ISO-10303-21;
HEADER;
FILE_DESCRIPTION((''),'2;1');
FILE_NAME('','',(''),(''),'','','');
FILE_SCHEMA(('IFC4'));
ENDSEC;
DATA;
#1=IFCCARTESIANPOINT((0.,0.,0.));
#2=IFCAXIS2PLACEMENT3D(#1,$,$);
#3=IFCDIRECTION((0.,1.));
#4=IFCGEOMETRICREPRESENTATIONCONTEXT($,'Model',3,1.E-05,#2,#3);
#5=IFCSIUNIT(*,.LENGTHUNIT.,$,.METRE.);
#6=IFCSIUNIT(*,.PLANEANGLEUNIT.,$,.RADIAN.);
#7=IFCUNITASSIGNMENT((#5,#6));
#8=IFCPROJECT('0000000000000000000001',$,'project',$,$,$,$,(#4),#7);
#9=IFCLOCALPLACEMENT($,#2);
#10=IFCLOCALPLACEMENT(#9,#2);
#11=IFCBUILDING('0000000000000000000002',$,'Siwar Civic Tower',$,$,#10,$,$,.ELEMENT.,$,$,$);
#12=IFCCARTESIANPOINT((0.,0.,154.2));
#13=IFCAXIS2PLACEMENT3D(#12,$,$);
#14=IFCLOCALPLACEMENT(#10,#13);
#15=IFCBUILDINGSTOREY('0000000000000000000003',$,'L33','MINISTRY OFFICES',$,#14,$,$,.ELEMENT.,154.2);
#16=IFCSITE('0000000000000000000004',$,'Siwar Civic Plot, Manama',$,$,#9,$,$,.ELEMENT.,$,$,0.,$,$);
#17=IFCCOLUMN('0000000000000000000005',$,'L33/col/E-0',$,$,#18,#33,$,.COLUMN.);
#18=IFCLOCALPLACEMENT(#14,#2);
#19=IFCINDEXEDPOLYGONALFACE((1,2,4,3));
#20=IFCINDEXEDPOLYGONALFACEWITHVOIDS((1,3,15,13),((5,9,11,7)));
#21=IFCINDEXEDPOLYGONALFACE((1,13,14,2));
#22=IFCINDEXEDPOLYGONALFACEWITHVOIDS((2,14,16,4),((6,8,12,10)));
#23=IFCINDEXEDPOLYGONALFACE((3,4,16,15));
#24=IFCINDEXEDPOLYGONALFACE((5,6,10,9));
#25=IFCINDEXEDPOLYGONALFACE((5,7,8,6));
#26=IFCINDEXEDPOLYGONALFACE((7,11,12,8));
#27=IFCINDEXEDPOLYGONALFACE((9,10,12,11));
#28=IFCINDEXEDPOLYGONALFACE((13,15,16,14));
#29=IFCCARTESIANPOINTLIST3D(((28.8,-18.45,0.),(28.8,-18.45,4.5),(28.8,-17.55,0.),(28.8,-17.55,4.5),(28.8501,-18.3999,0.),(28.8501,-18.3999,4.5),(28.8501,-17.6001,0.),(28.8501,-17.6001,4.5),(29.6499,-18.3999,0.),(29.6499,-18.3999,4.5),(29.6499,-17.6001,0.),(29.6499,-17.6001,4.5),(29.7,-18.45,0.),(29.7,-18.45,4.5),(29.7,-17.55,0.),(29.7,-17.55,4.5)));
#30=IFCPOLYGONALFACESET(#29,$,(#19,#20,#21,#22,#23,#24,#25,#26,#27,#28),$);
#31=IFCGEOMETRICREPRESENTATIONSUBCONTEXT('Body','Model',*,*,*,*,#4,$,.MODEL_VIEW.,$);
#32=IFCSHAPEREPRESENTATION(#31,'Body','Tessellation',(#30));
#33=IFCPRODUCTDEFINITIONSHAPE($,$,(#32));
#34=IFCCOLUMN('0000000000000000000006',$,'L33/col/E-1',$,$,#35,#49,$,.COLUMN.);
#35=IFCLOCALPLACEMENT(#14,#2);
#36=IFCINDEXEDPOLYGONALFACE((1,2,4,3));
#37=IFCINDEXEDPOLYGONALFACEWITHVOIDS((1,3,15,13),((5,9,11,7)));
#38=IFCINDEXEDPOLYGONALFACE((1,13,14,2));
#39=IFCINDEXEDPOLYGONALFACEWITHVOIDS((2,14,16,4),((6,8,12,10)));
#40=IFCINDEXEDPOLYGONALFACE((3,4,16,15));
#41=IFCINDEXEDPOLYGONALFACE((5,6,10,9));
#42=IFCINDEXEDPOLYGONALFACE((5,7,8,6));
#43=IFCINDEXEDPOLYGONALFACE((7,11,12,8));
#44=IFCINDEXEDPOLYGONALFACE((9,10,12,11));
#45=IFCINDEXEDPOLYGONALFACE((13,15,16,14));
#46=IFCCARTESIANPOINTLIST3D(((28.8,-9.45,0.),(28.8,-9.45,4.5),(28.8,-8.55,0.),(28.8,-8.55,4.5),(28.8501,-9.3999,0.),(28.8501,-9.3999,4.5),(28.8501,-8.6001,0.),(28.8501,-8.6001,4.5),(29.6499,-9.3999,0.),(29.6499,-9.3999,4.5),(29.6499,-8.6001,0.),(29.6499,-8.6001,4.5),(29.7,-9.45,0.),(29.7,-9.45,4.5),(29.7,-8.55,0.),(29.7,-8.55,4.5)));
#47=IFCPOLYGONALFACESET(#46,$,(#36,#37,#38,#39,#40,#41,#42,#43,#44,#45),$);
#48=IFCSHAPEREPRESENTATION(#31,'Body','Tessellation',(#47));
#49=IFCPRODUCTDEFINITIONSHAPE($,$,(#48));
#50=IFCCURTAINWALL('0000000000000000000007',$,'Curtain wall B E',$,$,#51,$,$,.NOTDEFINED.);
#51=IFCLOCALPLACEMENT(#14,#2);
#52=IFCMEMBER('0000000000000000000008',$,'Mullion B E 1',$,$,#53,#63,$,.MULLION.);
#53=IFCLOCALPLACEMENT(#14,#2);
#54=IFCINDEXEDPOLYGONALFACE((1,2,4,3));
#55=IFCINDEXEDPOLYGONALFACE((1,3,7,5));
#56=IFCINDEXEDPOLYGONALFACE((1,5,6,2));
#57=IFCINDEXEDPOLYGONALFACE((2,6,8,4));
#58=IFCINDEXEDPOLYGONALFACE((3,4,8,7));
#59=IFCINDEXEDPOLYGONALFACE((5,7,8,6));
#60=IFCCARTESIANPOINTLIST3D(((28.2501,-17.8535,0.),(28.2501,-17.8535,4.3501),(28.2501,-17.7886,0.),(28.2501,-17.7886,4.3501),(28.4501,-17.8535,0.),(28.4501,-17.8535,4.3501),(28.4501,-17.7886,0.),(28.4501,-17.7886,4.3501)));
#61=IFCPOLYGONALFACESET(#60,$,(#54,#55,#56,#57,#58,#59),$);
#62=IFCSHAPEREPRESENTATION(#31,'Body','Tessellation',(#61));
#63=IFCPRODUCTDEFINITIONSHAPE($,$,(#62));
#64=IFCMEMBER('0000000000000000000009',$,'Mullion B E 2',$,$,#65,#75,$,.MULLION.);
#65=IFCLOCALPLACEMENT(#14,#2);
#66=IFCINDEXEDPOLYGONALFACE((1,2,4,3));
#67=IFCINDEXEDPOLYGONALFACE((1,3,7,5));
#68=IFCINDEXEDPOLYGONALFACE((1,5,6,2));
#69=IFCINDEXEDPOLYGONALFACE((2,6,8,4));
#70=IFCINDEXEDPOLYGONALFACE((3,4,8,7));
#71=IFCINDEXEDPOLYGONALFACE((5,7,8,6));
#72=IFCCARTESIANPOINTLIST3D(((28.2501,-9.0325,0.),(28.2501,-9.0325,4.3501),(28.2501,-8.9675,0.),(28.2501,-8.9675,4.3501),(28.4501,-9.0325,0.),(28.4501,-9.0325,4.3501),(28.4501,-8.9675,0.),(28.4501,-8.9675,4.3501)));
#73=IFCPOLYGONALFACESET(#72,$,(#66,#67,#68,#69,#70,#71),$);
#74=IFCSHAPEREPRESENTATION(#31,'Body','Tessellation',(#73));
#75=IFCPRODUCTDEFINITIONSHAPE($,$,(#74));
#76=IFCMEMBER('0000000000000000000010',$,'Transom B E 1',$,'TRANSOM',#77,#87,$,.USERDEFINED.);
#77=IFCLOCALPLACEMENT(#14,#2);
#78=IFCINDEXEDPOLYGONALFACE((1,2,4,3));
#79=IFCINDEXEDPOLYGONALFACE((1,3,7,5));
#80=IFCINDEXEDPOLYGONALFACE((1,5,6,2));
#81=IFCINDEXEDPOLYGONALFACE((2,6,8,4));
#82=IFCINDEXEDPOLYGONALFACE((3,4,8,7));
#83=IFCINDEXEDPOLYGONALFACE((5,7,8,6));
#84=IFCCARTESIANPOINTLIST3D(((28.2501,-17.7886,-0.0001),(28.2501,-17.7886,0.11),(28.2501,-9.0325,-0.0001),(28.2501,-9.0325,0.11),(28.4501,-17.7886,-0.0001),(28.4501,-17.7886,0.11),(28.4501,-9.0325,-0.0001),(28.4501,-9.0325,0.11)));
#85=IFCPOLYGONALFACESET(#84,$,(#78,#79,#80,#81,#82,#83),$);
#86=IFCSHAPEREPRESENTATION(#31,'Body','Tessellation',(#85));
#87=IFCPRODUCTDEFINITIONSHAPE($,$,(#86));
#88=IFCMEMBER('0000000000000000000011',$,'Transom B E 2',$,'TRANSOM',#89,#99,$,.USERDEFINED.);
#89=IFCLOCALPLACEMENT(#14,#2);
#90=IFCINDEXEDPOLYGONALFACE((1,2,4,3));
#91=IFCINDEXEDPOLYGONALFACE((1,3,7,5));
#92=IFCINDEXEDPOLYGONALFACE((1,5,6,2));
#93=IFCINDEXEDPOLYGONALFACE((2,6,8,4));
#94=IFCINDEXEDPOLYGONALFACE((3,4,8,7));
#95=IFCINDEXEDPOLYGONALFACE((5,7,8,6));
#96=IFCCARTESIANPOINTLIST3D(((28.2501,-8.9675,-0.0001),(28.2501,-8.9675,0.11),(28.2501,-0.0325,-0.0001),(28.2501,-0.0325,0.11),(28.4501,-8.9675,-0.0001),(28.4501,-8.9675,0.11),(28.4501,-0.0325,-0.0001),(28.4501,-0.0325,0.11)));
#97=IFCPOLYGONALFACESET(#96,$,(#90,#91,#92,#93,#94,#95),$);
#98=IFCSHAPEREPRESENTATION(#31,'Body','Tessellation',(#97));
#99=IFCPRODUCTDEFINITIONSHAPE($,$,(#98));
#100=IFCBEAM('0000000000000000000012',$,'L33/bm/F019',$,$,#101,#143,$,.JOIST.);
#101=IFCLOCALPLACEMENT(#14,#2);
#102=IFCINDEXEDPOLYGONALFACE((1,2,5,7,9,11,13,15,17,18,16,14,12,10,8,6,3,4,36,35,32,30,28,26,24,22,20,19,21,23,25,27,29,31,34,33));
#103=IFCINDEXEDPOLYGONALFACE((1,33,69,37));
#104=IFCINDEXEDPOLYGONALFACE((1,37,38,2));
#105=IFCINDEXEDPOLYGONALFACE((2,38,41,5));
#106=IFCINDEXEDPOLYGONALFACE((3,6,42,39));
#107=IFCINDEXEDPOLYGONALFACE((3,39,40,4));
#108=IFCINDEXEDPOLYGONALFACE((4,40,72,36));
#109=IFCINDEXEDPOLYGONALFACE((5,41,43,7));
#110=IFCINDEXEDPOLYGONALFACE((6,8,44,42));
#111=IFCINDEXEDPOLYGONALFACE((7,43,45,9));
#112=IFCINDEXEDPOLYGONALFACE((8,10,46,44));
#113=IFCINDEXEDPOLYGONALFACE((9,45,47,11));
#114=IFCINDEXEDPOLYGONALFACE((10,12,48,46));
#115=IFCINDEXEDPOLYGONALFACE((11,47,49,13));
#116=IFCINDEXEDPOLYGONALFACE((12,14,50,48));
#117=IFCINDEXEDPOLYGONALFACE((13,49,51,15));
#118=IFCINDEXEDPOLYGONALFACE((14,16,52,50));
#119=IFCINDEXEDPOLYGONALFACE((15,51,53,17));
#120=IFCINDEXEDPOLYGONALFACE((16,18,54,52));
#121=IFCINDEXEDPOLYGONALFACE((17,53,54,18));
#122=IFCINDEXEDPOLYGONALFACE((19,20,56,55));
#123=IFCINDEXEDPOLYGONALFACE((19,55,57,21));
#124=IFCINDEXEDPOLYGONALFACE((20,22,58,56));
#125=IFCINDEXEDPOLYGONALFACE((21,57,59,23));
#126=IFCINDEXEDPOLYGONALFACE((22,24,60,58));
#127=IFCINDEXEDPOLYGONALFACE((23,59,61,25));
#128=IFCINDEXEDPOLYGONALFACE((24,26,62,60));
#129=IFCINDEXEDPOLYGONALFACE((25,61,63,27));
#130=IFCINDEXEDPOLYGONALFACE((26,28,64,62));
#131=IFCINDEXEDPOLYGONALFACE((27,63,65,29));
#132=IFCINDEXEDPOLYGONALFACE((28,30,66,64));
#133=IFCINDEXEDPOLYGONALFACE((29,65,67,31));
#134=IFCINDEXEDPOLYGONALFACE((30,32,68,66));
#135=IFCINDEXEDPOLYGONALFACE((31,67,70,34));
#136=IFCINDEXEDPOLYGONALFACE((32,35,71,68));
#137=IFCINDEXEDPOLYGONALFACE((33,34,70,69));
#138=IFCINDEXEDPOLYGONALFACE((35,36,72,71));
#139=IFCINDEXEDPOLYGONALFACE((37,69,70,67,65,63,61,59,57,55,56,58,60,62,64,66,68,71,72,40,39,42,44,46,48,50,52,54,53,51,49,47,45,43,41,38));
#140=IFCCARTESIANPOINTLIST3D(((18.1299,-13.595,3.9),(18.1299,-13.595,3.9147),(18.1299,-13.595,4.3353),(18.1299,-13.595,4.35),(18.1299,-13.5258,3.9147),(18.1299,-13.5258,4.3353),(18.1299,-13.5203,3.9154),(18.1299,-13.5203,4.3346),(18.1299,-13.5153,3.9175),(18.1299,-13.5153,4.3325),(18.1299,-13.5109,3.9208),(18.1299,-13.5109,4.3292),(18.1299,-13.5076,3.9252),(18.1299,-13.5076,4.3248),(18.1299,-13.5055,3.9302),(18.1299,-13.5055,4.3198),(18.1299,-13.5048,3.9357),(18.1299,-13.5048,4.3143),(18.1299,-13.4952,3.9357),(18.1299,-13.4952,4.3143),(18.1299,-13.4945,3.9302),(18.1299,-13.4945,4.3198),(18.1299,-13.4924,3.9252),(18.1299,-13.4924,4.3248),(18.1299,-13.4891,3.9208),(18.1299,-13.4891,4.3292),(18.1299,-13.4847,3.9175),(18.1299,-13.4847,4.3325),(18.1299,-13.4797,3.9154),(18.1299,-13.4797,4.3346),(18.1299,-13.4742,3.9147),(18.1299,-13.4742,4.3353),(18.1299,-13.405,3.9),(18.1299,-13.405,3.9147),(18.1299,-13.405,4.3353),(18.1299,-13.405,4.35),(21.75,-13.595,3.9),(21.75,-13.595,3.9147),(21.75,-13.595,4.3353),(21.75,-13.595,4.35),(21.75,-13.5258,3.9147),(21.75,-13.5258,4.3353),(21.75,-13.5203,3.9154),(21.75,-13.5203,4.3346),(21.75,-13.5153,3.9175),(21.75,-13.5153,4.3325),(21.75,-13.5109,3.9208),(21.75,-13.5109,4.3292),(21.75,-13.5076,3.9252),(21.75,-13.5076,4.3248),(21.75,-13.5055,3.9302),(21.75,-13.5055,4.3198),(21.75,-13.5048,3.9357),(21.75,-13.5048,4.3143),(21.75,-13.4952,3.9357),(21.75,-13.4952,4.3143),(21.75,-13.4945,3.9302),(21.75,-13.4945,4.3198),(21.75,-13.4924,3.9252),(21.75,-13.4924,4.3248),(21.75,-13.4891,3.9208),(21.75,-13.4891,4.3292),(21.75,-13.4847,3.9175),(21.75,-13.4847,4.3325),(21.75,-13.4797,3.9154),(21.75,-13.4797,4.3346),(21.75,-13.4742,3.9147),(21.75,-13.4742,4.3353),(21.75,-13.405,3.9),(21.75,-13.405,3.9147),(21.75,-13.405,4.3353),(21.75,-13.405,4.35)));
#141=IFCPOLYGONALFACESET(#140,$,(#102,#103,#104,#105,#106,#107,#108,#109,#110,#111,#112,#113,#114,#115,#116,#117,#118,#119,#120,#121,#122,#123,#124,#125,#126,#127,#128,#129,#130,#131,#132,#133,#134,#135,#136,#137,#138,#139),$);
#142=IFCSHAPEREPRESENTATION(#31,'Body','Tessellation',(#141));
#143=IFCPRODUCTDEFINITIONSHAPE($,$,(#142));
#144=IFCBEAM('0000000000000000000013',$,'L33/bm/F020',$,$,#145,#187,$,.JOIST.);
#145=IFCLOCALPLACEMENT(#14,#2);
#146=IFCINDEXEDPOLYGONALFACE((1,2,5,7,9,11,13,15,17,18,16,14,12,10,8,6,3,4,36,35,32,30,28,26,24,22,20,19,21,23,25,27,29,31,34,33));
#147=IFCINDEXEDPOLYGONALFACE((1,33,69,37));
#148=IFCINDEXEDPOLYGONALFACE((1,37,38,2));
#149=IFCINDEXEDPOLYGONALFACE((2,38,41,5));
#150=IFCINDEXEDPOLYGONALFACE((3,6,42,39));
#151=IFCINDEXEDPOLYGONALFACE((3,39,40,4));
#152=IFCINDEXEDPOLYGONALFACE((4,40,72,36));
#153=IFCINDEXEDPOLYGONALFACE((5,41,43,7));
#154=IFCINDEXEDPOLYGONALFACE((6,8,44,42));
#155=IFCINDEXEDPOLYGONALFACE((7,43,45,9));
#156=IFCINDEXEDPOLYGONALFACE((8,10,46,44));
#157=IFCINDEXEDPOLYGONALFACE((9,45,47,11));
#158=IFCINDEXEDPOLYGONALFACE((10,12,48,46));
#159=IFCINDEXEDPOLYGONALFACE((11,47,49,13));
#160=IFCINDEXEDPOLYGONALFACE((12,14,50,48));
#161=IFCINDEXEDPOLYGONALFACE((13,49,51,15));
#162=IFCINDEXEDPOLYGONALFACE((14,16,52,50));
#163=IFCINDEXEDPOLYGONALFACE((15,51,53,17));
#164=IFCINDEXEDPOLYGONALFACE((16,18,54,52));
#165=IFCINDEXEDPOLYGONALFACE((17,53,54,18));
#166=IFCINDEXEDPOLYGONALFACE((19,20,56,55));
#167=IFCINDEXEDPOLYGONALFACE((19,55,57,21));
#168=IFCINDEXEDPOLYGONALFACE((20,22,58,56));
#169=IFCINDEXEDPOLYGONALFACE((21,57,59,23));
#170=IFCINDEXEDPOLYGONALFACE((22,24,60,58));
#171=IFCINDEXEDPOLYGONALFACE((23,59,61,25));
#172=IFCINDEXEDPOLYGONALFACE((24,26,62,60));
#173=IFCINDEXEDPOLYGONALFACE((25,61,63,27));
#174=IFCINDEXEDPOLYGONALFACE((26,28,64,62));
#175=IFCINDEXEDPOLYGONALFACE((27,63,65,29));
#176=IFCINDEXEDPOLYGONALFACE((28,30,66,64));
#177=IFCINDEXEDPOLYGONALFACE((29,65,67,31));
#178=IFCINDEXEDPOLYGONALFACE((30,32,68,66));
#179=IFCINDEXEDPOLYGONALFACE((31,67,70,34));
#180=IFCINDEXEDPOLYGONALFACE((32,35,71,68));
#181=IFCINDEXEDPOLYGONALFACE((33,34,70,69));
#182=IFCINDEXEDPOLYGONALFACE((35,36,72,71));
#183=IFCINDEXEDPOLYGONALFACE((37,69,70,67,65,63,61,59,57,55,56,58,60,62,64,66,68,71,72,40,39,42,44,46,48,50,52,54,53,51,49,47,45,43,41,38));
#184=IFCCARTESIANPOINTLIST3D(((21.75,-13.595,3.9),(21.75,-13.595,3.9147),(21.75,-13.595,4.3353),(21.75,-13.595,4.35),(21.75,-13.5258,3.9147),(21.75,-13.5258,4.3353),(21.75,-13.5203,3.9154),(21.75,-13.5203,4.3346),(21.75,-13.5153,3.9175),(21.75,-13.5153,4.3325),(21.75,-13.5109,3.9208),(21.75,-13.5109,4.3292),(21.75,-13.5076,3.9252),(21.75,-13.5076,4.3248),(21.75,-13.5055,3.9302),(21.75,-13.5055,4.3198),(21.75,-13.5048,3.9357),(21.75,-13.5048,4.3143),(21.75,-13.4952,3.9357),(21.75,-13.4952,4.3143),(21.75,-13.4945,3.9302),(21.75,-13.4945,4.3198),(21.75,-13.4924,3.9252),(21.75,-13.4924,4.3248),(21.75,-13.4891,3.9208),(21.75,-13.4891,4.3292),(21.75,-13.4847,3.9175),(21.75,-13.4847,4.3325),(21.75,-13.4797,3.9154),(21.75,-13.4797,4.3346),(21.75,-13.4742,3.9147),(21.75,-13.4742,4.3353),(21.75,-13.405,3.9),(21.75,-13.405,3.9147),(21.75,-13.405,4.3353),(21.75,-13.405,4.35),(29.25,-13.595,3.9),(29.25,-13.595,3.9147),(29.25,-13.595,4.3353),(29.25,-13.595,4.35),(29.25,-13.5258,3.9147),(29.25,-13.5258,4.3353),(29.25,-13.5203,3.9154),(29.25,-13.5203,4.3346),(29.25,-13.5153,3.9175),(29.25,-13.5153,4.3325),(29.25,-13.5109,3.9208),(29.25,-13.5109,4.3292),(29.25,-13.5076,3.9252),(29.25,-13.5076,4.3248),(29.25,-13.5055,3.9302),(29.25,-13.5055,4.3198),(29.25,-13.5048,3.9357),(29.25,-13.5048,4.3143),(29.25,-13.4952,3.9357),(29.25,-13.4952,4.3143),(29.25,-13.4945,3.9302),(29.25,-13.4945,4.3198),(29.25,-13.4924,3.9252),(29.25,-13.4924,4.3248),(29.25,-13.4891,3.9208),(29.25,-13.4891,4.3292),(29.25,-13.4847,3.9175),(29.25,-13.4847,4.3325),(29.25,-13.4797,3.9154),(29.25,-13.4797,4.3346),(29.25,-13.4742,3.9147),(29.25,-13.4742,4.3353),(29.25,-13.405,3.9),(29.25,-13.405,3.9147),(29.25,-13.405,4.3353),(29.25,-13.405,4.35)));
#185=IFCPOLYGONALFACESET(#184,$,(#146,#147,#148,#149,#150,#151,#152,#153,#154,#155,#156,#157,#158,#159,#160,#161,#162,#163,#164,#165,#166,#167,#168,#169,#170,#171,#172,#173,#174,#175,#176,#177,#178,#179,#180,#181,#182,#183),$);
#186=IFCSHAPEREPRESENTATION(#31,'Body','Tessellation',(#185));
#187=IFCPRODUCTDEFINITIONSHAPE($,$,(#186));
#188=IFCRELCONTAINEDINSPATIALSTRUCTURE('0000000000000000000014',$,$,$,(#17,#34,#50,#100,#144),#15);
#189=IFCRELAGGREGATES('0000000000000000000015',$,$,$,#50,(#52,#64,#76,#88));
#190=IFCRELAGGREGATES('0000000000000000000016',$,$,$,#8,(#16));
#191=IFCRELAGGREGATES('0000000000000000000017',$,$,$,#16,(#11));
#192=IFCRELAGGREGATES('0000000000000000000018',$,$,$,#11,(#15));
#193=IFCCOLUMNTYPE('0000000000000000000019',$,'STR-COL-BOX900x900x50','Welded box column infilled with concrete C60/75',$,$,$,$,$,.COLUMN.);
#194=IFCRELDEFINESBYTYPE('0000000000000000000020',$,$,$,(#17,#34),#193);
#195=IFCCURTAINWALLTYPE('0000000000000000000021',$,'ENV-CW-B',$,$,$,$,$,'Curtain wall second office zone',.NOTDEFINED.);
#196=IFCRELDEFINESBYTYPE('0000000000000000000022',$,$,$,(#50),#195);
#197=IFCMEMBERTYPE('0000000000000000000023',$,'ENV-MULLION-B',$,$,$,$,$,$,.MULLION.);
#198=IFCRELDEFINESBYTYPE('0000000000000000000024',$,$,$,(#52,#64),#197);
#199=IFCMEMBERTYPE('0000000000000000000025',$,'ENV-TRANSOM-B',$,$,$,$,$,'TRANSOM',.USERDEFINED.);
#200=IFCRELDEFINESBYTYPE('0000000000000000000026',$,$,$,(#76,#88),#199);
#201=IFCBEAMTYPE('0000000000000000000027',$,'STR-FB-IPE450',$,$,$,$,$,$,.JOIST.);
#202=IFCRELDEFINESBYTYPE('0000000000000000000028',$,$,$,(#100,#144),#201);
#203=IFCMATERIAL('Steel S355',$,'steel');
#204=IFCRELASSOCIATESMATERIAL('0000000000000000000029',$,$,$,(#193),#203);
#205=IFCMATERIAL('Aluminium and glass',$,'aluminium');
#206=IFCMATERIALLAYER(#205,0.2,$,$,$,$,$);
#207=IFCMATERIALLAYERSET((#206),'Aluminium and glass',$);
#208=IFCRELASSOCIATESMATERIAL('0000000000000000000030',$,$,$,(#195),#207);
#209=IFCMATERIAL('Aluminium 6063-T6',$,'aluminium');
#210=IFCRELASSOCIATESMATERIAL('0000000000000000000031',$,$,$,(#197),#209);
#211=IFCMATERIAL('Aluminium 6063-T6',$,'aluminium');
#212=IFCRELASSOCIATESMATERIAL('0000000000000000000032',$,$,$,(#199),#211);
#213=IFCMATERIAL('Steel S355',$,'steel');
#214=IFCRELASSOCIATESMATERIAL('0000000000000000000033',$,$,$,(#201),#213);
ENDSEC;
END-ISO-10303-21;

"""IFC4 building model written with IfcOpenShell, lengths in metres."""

from ifc_helpers import new_model, si_unit, direction, frame, origin, origin_2d, place, context, subcontext, project, spatial, rectangle, hollow_rectangle, i_section, extrude, material, layer, layer_set, material_profile, profile_set, type_object, element, aggregate, save


model = new_model("IFC4")

# Units and contexts
model_context = context("Model", 3, precision=1e-05, world=origin(), true_north=direction((0.0, 1.0)))
body_context = subcontext(model_context, "Body", "Model", "MODEL_VIEW")
ifc_project = project(units=[si_unit("LENGTHUNIT", "METRE"), si_unit("PLANEANGLEUNIT", "RADIAN")], contexts=[model_context])

# Site, building, storey
site_placement = place(None, origin())
site = spatial("IfcSite", under=ifc_project, at=site_placement, Name="Siwar Civic Plot, Manama", CompositionType="ELEMENT", RefElevation=0.0)
building_placement = place(site_placement, origin())
building = spatial("IfcBuilding", under=site, at=building_placement, Name="Siwar Civic Tower", CompositionType="ELEMENT")
storey_placement = place(building_placement, frame((0.0, 0.0, 154.2)))
storey = spatial("IfcBuildingStorey", under=building, at=storey_placement, Name="L33", Description="MINISTRY OFFICES", CompositionType="ELEMENT", Elevation=154.2)

# Columns
ifc_material_1 = material(Name="Steel S355", Category="steel")
ifc_material_profile_1 = material_profile(ifc_material_1, hollow_rectangle(XDim=0.8999, YDim=0.8999, WallThickness=0.05, at=origin_2d()), Name="BOX900x900x50")
ifc_profile_set_1 = profile_set([ifc_material_profile_1], Name="Steel S355")
column_type = type_object("IfcColumnType", Name="STR-COL-BOX900x900x50", Description="Welded box column infilled with concrete C60/75", PredefinedType="COLUMN", material=ifc_profile_set_1)
for number, where, z_axis, x_axis, name in (
    (1, (29.25, -18.0, 0.0), (0.0, 0.0, 1.0), (1.0, 0.0, 0.0), "L33/col/E-0"),
    (2, (29.25, -9.0, 0.0), (0.0, 0.0, 1.0), (1.0, 0.0, 0.0), "L33/col/E-1"),
):
    element("IfcColumn", number, at=place(storey_placement, frame(where, z_axis=z_axis, x_axis=x_axis)), inside=storey, type_object=column_type, Name=name, PredefinedType="COLUMN", context=body_context, shape_type="SweptSolid", body=[
        extrude(hollow_rectangle(XDim=0.8999, YDim=0.8999, WallThickness=0.05, at=origin_2d()), origin(), (0.0, 0.0, 1.0), 4.5),
    ])

# Curtain wall, members
ifc_material_2 = material(Name="Aluminium and glass", Category="aluminium")
ifc_layer_1 = layer(ifc_material_2, 0.2)
ifc_layer_set_1 = layer_set([ifc_layer_1], Name="Aluminium and glass")
curtain_wall_type = type_object("IfcCurtainWallType", Name="ENV-CW-B", ElementType="Curtain wall second office zone", PredefinedType="NOTDEFINED", material=ifc_layer_set_1)
curtain_wall_placement = place(storey_placement, origin())
curtain_wall = element("IfcCurtainWall", 3, at=curtain_wall_placement, inside=storey, type_object=curtain_wall_type, Name="Curtain wall B E", PredefinedType="NOTDEFINED")
ifc_material_3 = material(Name="Aluminium 6063-T6", Category="aluminium")
ifc_material_profile_2 = material_profile(ifc_material_3, rectangle(XDim=0.2, YDim=0.0649, at=origin_2d()), Name="AL 200x65")
ifc_profile_set_2 = profile_set([ifc_material_profile_2], Name="Aluminium 6063-T6")
member_type_1 = type_object("IfcMemberType", Name="ENV-MULLION-B", PredefinedType="MULLION", material=ifc_profile_set_2)
member_1_placement = place(storey_placement, frame((28.3501, -17.821, 0.0), z_axis=(0.0, 0.0, 1.0), x_axis=(-1.0, 0.0, 0.0)))
member_1 = element("IfcMember", 4, at=member_1_placement, type_object=member_type_1, Name="Mullion B E 1", PredefinedType="MULLION", context=body_context, shape_type="SweptSolid", body=[
    extrude(rectangle(XDim=0.2, YDim=0.0649, at=origin_2d()), origin(), (0.0, 0.0, 1.0), 4.3501),
])
member_2_placement = place(storey_placement, frame((28.3501, -9.0, 0.0), z_axis=(0.0, 0.0, 1.0), x_axis=(-1.0, 0.0, 0.0)))
member_2 = element("IfcMember", 5, at=member_2_placement, type_object=member_type_1, Name="Mullion B E 2", PredefinedType="MULLION", context=body_context, shape_type="SweptSolid", body=[
    extrude(rectangle(XDim=0.2, YDim=0.0649, at=origin_2d()), origin(), (0.0, 0.0, 1.0), 4.3501),
])
ifc_material_4 = material(Name="Aluminium 6063-T6", Category="aluminium")
ifc_material_profile_3 = material_profile(ifc_material_4, rectangle(XDim=0.2, YDim=0.1101, at=origin_2d()), Name="AL 200x110")
ifc_profile_set_3 = profile_set([ifc_material_profile_3], Name="Aluminium 6063-T6")
member_type_2 = type_object("IfcMemberType", Name="ENV-TRANSOM-B", ElementType="TRANSOM", PredefinedType="USERDEFINED", material=ifc_profile_set_3)
member_3_placement = place(storey_placement, frame((28.3501, -17.7886, 0.0549), z_axis=(0.0, 1.0, 0.0), x_axis=(-1.0, 0.0, 0.0)))
member_3 = element("IfcMember", 6, at=member_3_placement, type_object=member_type_2, Name="Transom B E 1", ObjectType="TRANSOM", PredefinedType="USERDEFINED", context=body_context, shape_type="SweptSolid", body=[
    extrude(rectangle(XDim=0.2, YDim=0.1101, at=origin_2d()), origin(), (0.0, 0.0, 1.0), 8.7561),
])
member_4_placement = place(storey_placement, frame((28.3501, -8.9675, 0.0549), z_axis=(0.0, 1.0, 0.0), x_axis=(-1.0, 0.0, 0.0)))
member_4 = element("IfcMember", 7, at=member_4_placement, type_object=member_type_2, Name="Transom B E 2", ObjectType="TRANSOM", PredefinedType="USERDEFINED", context=body_context, shape_type="SweptSolid", body=[
    extrude(rectangle(XDim=0.2, YDim=0.1101, at=origin_2d()), origin(), (0.0, 0.0, 1.0), 8.9351),
])

# Beams
ifc_material_5 = material(Name="Steel S355", Category="steel")
ifc_material_profile_4 = material_profile(ifc_material_5, i_section(OverallWidth=0.1899, OverallDepth=0.45, WebThickness=0.0095, FlangeThickness=0.0146, FilletRadius=0.021, at=origin_2d()), Name="IPE450")
ifc_profile_set_4 = profile_set([ifc_material_profile_4], Name="Steel S355")
beam_type_1 = type_object("IfcBeamType", Name="STR-FB-IPE450", PredefinedType="JOIST", material=ifc_profile_set_4)
beam_placement = place(storey_placement, frame((18.1299, -13.5, 4.125), z_axis=(1.0, 0.0, 0.0), x_axis=(0.0, 1.0, 0.0)))
element("IfcBeam", 8, at=beam_placement, inside=storey, type_object=beam_type_1, Name="L33/bm/F019", PredefinedType="JOIST", context=body_context, shape_type="SweptSolid", body=[
    extrude(i_section(OverallWidth=0.1899, OverallDepth=0.45, WebThickness=0.0095, FlangeThickness=0.0146, FilletRadius=0.021, at=origin_2d()), origin(), (0.0, 0.0, 1.0), 3.6201),
])
for number, where, z_axis, x_axis, name in (
    (9, (21.75, -13.5, 4.125), (1.0, 0.0, 0.0), (0.0, 1.0, 0.0), "L33/bm/F020"),
):
    element("IfcBeam", number, at=place(storey_placement, frame(where, z_axis=z_axis, x_axis=x_axis)), inside=storey, type_object=beam_type_1, Name=name, PredefinedType="JOIST", context=body_context, shape_type="SweptSolid", body=[
        extrude(i_section(OverallWidth=0.1899, OverallDepth=0.45, WebThickness=0.0095, FlangeThickness=0.0146, FilletRadius=0.021, at=origin_2d()), origin(), (0.0, 0.0, 1.0), 7.5),
    ])

aggregate(curtain_wall, [member_1, member_2, member_3, member_4])

save(model, "model.ifc")
